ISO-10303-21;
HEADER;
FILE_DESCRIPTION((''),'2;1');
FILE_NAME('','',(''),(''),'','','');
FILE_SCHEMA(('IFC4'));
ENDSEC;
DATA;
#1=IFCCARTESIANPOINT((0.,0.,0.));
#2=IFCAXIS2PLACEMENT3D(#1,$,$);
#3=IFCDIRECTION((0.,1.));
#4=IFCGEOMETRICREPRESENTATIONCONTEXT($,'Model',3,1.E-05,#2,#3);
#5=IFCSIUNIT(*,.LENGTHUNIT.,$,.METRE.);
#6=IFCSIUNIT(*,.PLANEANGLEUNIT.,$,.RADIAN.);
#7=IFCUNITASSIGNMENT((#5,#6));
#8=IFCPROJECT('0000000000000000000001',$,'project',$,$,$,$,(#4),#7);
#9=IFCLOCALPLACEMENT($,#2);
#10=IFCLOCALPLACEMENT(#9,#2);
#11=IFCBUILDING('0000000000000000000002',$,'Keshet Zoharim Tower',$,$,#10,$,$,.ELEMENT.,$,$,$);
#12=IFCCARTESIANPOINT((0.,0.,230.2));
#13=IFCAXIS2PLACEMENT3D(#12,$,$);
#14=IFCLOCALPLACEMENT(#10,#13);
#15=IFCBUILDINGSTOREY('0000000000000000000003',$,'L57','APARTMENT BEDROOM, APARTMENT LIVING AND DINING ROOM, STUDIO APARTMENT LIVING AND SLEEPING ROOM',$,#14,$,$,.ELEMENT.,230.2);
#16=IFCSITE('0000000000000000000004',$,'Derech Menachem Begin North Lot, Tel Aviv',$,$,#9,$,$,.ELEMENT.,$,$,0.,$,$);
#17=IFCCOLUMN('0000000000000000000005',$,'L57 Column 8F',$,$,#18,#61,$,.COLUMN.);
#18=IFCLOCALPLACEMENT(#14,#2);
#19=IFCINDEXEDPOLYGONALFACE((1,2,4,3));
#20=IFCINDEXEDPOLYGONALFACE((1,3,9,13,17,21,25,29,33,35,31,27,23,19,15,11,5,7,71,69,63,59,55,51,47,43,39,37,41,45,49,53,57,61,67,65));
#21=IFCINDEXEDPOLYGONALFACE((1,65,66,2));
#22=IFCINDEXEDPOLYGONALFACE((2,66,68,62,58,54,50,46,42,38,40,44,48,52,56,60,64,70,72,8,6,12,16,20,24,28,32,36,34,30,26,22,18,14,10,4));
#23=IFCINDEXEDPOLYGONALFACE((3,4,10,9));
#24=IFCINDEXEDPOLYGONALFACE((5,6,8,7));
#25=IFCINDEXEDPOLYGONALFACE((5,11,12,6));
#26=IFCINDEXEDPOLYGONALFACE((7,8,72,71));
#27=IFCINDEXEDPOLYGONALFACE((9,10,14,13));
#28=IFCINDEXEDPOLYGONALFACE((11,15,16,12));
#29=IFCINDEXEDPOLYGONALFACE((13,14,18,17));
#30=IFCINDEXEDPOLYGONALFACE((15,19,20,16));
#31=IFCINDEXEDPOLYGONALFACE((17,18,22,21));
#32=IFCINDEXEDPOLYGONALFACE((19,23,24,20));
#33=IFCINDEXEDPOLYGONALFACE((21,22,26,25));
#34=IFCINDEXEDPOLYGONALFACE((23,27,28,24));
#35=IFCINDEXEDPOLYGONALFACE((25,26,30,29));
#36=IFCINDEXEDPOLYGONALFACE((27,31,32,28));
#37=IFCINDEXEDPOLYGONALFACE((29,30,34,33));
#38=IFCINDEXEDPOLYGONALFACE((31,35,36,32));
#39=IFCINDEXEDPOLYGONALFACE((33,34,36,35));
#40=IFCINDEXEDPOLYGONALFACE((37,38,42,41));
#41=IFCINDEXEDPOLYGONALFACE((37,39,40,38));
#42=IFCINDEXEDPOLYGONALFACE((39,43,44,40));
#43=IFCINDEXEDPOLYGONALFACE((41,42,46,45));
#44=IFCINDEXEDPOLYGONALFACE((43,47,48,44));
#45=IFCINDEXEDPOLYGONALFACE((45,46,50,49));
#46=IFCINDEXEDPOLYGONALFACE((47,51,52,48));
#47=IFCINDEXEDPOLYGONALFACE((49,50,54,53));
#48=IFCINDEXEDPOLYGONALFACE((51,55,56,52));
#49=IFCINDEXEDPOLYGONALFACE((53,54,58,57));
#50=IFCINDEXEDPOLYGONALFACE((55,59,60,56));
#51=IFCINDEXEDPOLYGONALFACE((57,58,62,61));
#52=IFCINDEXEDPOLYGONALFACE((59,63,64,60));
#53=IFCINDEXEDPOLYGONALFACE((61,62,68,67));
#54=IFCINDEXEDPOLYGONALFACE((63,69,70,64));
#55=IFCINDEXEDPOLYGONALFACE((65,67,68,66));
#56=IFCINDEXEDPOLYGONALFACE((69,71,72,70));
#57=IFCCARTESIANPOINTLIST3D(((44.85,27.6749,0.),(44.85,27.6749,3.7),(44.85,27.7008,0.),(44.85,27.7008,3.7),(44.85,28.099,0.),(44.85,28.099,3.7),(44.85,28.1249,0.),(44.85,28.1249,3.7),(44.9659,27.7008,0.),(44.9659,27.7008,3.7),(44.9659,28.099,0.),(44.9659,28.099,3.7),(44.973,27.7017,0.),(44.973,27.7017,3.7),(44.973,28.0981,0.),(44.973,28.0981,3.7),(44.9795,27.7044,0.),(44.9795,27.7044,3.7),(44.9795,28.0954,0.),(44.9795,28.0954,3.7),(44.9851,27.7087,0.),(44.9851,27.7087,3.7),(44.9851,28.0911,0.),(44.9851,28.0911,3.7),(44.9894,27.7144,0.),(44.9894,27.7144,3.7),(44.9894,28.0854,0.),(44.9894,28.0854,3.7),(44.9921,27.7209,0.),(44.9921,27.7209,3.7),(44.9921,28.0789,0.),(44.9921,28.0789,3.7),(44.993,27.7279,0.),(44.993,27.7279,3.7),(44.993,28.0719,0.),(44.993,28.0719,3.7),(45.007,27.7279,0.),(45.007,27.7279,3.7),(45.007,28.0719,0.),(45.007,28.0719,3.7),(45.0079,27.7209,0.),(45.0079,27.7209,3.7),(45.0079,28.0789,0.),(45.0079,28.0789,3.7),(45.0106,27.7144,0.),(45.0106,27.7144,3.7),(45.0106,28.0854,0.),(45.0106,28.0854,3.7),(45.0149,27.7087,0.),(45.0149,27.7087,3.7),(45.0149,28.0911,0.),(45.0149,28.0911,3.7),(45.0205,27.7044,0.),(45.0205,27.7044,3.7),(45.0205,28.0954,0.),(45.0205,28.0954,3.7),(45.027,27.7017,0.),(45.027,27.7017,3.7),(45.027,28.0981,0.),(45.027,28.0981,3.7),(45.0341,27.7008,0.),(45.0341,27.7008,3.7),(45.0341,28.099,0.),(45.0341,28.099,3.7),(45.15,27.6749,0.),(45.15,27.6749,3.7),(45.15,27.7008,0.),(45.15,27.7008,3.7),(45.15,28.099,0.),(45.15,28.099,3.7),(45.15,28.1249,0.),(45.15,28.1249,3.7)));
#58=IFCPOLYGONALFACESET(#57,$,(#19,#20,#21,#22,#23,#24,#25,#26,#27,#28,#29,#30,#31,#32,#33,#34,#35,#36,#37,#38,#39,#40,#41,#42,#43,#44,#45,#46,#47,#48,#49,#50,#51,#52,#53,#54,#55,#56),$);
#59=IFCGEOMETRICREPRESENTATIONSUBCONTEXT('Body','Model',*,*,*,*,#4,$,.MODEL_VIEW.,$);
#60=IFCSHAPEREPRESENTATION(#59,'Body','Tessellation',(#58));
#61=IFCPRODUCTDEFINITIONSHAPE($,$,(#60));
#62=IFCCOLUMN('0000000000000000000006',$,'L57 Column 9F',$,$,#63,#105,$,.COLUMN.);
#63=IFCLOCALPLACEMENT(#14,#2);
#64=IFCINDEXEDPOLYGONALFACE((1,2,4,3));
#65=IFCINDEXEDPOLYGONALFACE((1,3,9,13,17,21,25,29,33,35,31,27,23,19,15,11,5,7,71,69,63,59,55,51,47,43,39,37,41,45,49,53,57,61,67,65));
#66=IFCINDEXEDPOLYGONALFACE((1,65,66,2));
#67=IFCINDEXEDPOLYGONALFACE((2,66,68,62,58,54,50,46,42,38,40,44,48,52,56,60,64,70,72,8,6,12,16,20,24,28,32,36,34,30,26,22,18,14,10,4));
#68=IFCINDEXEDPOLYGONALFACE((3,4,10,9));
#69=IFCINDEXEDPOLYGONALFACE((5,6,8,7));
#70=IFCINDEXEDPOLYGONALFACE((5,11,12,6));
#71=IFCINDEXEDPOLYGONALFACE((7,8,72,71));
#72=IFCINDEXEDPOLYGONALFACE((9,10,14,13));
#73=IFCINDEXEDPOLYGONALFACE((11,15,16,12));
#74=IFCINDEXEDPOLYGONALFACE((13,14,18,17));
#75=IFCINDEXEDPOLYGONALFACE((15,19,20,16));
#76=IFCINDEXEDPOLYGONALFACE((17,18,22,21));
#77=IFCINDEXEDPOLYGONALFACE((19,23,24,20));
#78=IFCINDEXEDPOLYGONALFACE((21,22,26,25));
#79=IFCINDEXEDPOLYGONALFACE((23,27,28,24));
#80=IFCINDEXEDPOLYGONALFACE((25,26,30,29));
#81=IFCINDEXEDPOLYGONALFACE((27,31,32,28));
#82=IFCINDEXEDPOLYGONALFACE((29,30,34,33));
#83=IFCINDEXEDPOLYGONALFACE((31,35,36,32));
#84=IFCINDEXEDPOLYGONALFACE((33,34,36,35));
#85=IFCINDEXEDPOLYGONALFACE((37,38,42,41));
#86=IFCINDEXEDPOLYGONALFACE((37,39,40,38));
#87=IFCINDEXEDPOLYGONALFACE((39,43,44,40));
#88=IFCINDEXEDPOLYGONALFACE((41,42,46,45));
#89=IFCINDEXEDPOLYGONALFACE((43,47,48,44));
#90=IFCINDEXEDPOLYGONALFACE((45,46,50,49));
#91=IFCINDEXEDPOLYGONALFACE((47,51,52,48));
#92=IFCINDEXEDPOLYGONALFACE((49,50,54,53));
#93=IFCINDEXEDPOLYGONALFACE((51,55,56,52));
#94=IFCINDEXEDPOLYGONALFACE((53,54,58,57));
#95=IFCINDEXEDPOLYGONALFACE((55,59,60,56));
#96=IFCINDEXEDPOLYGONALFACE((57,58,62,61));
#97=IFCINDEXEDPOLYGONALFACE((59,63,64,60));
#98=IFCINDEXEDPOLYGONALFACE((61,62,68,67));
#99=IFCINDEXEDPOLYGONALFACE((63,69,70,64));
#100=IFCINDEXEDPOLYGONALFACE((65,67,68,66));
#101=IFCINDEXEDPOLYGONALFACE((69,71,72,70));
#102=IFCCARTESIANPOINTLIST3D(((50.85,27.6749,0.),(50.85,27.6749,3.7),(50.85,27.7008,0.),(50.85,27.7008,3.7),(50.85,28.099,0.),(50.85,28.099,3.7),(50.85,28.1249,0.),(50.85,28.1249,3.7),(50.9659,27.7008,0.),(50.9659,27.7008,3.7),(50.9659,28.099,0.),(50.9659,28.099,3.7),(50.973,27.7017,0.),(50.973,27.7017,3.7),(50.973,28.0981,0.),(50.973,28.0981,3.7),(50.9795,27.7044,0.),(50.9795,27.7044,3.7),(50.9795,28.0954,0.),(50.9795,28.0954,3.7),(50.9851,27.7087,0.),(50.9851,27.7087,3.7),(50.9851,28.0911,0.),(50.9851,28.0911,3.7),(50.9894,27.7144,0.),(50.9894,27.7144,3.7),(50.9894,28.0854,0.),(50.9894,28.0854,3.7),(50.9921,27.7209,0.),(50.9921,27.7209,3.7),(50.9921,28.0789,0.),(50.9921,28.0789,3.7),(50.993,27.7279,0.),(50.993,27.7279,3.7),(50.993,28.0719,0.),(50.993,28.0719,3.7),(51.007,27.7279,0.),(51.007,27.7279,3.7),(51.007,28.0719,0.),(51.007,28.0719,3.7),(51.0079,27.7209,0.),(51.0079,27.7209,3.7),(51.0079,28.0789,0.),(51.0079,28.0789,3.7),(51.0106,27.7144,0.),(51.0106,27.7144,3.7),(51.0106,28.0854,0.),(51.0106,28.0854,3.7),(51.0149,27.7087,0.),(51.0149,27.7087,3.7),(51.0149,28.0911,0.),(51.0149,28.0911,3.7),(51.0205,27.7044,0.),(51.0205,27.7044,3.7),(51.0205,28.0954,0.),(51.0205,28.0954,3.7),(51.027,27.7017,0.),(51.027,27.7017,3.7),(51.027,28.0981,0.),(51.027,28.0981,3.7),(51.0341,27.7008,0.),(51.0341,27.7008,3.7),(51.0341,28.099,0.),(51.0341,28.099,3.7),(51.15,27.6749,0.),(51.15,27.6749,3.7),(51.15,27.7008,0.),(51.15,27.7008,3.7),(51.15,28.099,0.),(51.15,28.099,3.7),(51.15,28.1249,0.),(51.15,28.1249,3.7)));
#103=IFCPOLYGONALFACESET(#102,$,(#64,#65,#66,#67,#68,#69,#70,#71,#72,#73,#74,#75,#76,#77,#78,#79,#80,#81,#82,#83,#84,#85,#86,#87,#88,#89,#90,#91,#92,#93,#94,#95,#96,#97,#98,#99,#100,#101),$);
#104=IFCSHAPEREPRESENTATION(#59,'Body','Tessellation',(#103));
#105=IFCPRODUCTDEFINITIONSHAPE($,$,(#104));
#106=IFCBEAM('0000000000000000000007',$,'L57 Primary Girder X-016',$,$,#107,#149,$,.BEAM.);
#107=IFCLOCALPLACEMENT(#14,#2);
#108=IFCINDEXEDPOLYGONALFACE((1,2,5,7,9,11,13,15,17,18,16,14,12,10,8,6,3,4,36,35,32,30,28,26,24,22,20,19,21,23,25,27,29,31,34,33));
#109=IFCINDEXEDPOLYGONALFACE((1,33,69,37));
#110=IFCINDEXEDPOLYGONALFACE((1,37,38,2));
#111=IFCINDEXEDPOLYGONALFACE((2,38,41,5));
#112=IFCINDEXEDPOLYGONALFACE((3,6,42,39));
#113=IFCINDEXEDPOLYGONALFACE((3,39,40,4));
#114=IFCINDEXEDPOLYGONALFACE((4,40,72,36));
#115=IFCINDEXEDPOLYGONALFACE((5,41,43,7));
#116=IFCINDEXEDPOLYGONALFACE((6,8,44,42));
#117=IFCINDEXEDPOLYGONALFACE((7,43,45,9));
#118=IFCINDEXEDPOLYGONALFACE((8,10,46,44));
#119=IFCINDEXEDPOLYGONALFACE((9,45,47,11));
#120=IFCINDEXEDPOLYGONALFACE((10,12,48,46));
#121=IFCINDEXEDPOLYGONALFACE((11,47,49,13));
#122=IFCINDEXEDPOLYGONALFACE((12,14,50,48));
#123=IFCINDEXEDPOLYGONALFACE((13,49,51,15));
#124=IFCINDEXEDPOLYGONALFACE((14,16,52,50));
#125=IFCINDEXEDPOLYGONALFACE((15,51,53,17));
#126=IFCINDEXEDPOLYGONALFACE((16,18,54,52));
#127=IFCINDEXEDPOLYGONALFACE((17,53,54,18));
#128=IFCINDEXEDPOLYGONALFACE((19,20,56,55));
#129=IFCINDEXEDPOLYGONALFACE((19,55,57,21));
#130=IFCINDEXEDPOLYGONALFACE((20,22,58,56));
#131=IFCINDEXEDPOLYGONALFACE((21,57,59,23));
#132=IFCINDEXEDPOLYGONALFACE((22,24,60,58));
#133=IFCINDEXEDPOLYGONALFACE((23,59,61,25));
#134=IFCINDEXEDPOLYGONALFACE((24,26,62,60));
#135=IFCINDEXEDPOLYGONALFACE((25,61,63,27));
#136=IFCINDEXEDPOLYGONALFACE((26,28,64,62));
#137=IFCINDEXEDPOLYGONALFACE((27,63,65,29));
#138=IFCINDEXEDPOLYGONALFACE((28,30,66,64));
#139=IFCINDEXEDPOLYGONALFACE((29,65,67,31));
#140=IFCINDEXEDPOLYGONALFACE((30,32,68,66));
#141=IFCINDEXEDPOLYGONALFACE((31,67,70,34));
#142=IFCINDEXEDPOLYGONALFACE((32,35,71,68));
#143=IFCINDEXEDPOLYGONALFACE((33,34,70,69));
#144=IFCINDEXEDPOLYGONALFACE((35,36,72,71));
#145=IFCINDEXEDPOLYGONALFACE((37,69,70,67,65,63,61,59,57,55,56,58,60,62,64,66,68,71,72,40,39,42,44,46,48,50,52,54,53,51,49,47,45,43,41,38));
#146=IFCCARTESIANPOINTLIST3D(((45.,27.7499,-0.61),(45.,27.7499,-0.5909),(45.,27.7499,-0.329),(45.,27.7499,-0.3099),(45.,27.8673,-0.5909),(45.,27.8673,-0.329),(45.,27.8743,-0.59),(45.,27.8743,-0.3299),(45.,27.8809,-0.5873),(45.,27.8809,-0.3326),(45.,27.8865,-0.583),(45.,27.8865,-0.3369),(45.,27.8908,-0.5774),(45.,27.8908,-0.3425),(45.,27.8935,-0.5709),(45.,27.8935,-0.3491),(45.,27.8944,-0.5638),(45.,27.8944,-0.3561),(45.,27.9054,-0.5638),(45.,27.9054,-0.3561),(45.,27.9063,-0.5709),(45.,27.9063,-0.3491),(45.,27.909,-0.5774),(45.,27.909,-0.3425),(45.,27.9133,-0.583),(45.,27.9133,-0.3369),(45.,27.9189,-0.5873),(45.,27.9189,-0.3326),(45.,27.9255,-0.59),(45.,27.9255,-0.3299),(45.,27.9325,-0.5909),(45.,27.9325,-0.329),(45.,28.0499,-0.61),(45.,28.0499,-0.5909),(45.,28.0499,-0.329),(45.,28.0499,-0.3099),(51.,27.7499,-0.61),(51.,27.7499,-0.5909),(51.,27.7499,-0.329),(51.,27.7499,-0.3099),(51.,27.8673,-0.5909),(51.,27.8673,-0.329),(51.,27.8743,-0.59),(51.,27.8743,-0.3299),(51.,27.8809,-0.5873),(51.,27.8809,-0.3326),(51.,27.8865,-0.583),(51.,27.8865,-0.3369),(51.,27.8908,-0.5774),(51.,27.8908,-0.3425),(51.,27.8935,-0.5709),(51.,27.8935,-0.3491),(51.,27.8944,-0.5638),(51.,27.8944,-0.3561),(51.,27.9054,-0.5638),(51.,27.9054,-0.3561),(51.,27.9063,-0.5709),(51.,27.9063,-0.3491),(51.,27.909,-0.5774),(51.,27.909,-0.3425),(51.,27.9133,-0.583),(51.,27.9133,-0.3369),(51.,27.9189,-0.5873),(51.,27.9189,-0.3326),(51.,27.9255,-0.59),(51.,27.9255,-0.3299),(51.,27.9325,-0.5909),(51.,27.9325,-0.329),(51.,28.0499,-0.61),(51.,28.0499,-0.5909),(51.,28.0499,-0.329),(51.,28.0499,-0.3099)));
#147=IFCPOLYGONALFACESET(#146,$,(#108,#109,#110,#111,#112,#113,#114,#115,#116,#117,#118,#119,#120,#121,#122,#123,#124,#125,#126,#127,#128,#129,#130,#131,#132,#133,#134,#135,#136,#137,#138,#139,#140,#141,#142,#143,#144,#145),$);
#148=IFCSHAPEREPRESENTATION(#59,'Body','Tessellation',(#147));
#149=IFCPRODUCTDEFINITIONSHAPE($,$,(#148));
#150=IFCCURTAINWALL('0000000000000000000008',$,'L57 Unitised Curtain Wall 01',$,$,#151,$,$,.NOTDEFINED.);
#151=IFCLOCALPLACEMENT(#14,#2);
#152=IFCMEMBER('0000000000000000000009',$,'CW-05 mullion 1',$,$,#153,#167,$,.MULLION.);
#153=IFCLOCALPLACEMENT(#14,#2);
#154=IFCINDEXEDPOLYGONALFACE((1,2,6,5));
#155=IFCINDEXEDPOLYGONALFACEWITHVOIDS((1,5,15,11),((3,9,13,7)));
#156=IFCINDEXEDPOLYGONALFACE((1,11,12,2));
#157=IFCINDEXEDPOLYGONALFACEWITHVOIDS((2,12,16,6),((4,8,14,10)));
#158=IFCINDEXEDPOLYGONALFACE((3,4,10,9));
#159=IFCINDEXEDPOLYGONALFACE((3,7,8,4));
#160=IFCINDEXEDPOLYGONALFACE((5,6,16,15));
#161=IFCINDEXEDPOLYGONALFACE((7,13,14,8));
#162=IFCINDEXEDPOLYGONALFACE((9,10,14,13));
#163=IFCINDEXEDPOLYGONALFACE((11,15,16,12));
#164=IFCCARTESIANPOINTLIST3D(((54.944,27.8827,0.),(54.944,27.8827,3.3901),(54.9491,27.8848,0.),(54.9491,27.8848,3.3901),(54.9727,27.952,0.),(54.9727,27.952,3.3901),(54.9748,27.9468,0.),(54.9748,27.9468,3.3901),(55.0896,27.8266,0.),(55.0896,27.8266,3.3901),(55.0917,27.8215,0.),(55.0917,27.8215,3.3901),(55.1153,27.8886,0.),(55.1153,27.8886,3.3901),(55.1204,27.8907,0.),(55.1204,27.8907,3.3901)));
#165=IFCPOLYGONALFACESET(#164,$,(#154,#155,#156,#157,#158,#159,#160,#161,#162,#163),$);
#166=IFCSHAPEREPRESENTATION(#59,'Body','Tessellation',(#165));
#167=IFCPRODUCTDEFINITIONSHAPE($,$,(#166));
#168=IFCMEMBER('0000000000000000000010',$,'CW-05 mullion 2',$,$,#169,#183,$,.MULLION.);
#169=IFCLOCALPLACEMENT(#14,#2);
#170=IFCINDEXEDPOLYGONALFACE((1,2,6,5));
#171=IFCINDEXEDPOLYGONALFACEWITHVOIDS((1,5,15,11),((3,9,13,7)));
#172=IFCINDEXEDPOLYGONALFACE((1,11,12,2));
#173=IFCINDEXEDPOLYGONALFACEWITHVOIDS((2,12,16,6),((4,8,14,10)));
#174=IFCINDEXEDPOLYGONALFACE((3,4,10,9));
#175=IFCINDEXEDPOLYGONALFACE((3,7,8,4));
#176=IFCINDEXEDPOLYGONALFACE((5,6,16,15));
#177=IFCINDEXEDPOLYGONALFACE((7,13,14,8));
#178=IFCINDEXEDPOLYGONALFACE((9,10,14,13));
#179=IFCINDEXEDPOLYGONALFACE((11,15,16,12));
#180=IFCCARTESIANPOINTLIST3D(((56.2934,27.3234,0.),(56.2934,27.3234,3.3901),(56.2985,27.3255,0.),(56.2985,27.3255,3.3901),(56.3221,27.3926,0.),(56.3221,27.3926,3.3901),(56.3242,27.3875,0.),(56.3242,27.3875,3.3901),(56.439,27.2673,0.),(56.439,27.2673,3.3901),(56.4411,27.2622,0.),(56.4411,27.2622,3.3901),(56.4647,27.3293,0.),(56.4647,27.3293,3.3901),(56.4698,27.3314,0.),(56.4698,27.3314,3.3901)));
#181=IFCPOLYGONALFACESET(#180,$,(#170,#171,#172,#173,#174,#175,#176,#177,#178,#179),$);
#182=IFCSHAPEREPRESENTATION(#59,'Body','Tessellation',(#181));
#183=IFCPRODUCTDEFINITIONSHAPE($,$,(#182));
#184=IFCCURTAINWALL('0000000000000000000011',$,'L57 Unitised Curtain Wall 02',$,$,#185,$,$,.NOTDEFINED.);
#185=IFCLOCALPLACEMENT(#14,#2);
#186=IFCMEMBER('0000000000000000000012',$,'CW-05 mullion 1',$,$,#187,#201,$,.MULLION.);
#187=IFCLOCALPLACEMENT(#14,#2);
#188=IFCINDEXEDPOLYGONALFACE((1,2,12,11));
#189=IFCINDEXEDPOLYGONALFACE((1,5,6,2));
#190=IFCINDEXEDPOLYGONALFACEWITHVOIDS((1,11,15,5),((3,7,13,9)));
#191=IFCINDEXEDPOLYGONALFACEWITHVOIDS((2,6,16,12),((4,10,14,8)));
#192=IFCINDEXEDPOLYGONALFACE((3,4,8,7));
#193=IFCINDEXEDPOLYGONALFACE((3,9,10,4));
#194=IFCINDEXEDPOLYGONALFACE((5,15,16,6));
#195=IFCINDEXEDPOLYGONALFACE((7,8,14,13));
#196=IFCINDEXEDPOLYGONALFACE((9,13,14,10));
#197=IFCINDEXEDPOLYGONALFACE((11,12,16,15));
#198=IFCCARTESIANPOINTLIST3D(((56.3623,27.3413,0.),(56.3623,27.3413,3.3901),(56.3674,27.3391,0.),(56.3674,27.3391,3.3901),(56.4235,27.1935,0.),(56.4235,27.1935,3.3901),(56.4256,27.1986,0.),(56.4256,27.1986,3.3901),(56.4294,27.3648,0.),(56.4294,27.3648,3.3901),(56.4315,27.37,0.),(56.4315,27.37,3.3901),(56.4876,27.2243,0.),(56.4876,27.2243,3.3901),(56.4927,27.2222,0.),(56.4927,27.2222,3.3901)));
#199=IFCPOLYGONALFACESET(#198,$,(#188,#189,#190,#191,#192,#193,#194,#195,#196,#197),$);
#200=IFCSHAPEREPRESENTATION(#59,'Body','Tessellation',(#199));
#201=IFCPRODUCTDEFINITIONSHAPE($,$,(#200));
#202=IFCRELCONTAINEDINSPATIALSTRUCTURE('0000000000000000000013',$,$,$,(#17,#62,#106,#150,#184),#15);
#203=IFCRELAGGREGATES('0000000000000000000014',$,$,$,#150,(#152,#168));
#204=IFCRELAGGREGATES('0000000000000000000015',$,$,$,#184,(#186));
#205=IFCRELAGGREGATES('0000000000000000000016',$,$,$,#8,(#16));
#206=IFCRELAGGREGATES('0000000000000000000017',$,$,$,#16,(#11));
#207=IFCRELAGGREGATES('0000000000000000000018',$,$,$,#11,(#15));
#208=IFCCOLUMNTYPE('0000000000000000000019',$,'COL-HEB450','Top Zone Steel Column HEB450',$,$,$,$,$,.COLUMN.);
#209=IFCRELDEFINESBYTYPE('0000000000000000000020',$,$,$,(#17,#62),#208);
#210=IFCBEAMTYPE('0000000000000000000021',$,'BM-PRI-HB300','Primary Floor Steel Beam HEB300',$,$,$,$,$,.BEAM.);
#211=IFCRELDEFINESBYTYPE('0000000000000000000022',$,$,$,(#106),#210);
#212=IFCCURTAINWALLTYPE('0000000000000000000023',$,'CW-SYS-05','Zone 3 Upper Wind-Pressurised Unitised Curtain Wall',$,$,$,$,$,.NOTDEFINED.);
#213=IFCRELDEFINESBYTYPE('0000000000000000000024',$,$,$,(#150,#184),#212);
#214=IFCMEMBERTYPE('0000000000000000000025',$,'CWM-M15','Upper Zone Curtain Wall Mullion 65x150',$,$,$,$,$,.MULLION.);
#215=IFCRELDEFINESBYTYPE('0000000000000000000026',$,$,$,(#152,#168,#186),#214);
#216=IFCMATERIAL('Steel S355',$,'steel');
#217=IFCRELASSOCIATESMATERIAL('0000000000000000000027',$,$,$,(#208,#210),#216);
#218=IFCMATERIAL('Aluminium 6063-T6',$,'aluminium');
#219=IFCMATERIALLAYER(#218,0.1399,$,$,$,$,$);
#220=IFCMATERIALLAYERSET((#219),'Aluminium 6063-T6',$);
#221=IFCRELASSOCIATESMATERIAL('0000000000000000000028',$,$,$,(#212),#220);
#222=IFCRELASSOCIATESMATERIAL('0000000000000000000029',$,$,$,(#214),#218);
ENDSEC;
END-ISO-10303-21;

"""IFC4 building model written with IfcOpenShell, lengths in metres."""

from ifc_helpers import new_model, si_unit, direction, frame, origin, origin_2d, place, context, subcontext, project, spatial, hollow_rectangle, i_section, extrude, material, layer, layer_set, material_profile, profile_set, type_object, element, aggregate, save


model = new_model("IFC4")

# Units and contexts
model_context = context("Model", 3, precision=1e-05, world=origin(), true_north=direction((0.0, 1.0)))
body_context = subcontext(model_context, "Body", "Model", "MODEL_VIEW")
ifc_project = project(units=[si_unit("LENGTHUNIT", "METRE"), si_unit("PLANEANGLEUNIT", "RADIAN")], contexts=[model_context])

# Site, building, storey
site_placement = place(None, origin())
site = spatial("IfcSite", under=ifc_project, at=site_placement, Name="Derech Menachem Begin North Lot, Tel Aviv", CompositionType="ELEMENT", RefElevation=0.0)
building_placement = place(site_placement, origin())
building = spatial("IfcBuilding", under=site, at=building_placement, Name="Keshet Zoharim Tower", CompositionType="ELEMENT")
storey_placement = place(building_placement, frame((0.0, 0.0, 230.2)))
storey = spatial("IfcBuildingStorey", under=building, at=storey_placement, Name="L57", Description="APARTMENT BEDROOM, APARTMENT LIVING AND DINING ROOM, STUDIO APARTMENT LIVING AND SLEEPING ROOM", CompositionType="ELEMENT", Elevation=230.2)

# Columns
ifc_material_1 = material(Name="Steel S355", Category="steel")
ifc_material_profile_1 = material_profile(ifc_material_1, i_section(OverallWidth=0.3, OverallDepth=0.45, WebThickness=0.0139, FlangeThickness=0.0259, FilletRadius=0.0271, at=origin_2d()), Name="HEB450")
ifc_profile_set_1 = profile_set([ifc_material_profile_1], Name="Steel S355")
column_type = type_object("IfcColumnType", Name="COL-HEB450", Description="Top Zone Steel Column HEB450", PredefinedType="COLUMN", material=ifc_profile_set_1)
for number, where, z_axis, x_axis, name in (
    (1, (45.0, 27.8999, 0.0), (0.0, 0.0, 1.0), (1.0, 0.0, 0.0), "L57 Column 8F"),
    (2, (51.0, 27.8999, 0.0), (0.0, 0.0, 1.0), (1.0, 0.0, 0.0), "L57 Column 9F"),
):
    element("IfcColumn", number, at=place(storey_placement, frame(where, z_axis=z_axis, x_axis=x_axis)), inside=storey, type_object=column_type, Name=name, PredefinedType="COLUMN", context=body_context, shape_type="SweptSolid", body=[
        extrude(i_section(OverallWidth=0.3, OverallDepth=0.45, WebThickness=0.0139, FlangeThickness=0.0259, FilletRadius=0.0271, at=origin_2d()), origin(), (0.0, 0.0, 1.0), 3.7),
    ])

# Beam
ifc_material_profile_2 = material_profile(ifc_material_1, i_section(OverallWidth=0.3, OverallDepth=0.3, WebThickness=0.011, FlangeThickness=0.019, FilletRadius=0.0271, at=origin_2d()), Name="HEB300")
ifc_profile_set_2 = profile_set([ifc_material_profile_2], Name="Steel S355")
beam_type = type_object("IfcBeamType", Name="BM-PRI-HB300", Description="Primary Floor Steel Beam HEB300", PredefinedType="BEAM", material=ifc_profile_set_2)
beam_placement = place(storey_placement, frame((45.0, 27.8999, -0.46), z_axis=(1.0, 0.0, 0.0), x_axis=(0.0, 1.0, 0.0)))
element("IfcBeam", 3, at=beam_placement, inside=storey, type_object=beam_type, Name="L57 Primary Girder X-016", PredefinedType="BEAM", context=body_context, shape_type="SweptSolid", body=[
    extrude(i_section(OverallWidth=0.3, OverallDepth=0.3, WebThickness=0.011, FlangeThickness=0.019, FilletRadius=0.0271, at=origin_2d()), origin(), (0.0, 0.0, 1.0), 6.0),
])

# Curtain walls, members
ifc_material_2 = material(Name="Aluminium 6063-T6", Category="aluminium")
ifc_layer_1 = layer(ifc_material_2, 0.1399)
ifc_layer_set_1 = layer_set([ifc_layer_1], Name="Aluminium 6063-T6")
curtain_wall_type = type_object("IfcCurtainWallType", Name="CW-SYS-05", Description="Zone 3 Upper Wind-Pressurised Unitised Curtain Wall", PredefinedType="NOTDEFINED", material=ifc_layer_set_1)
curtain_wall_1_placement = place(storey_placement, origin())
curtain_wall_1 = element("IfcCurtainWall", 4, at=curtain_wall_1_placement, inside=storey, type_object=curtain_wall_type, Name="L57 Unitised Curtain Wall 01", PredefinedType="NOTDEFINED")
ifc_material_profile_3 = material_profile(ifc_material_2, hollow_rectangle(XDim=0.075, YDim=0.1599, WallThickness=0.0039, at=origin_2d()), Name="MUL-75x160")
ifc_profile_set_3 = profile_set([ifc_material_profile_3], Name="Aluminium 6063-T6")
member_type_1 = type_object("IfcMemberType", Name="CWM-M15", Description="Upper Zone Curtain Wall Mullion 65x150", PredefinedType="MULLION", material=ifc_profile_set_3)
member_1_placement = place(storey_placement, frame((55.0322, 27.8867, 0.0), z_axis=(0.0, 0.0, 1.0), x_axis=(0.382852, 0.92381, 0.0)))
member_1 = element("IfcMember", 5, at=member_1_placement, type_object=member_type_1, Name="CW-05 mullion 1", PredefinedType="MULLION", context=body_context, shape_type="SweptSolid", body=[
    extrude(hollow_rectangle(XDim=0.075, YDim=0.1599, WallThickness=0.0039, at=origin_2d()), origin(), (0.0, 0.0, 1.0), 3.3901),
])
member_2_placement = place(storey_placement, frame((56.3816, 27.3274, 0.0), z_axis=(0.0, 0.0, 1.0), x_axis=(0.382852, 0.92381, 0.0)))
member_2 = element("IfcMember", 6, at=member_2_placement, type_object=member_type_1, Name="CW-05 mullion 2", PredefinedType="MULLION", context=body_context, shape_type="SweptSolid", body=[
    extrude(hollow_rectangle(XDim=0.075, YDim=0.1599, WallThickness=0.0039, at=origin_2d()), origin(), (0.0, 0.0, 1.0), 3.3901),
])
curtain_wall_2_placement = place(storey_placement, origin())
curtain_wall_2 = element("IfcCurtainWall", 7, at=curtain_wall_2_placement, inside=storey, type_object=curtain_wall_type, Name="L57 Unitised Curtain Wall 02", PredefinedType="NOTDEFINED")
member_3_placement = place(storey_placement, frame((56.4275, 27.2817, 0.0), z_axis=(0.0, 0.0, 1.0), x_axis=(0.92381, 0.382852, 0.0)))
member_3 = element("IfcMember", 8, at=member_3_placement, type_object=member_type_1, Name="CW-05 mullion 1", PredefinedType="MULLION", context=body_context, shape_type="SweptSolid", body=[
    extrude(hollow_rectangle(XDim=0.075, YDim=0.1599, WallThickness=0.0039, at=origin_2d()), origin(), (0.0, 0.0, 1.0), 3.3901),
])

aggregate(curtain_wall_1, [member_1, member_2])
aggregate(curtain_wall_2, [member_3])

save(model, "model.ifc")
